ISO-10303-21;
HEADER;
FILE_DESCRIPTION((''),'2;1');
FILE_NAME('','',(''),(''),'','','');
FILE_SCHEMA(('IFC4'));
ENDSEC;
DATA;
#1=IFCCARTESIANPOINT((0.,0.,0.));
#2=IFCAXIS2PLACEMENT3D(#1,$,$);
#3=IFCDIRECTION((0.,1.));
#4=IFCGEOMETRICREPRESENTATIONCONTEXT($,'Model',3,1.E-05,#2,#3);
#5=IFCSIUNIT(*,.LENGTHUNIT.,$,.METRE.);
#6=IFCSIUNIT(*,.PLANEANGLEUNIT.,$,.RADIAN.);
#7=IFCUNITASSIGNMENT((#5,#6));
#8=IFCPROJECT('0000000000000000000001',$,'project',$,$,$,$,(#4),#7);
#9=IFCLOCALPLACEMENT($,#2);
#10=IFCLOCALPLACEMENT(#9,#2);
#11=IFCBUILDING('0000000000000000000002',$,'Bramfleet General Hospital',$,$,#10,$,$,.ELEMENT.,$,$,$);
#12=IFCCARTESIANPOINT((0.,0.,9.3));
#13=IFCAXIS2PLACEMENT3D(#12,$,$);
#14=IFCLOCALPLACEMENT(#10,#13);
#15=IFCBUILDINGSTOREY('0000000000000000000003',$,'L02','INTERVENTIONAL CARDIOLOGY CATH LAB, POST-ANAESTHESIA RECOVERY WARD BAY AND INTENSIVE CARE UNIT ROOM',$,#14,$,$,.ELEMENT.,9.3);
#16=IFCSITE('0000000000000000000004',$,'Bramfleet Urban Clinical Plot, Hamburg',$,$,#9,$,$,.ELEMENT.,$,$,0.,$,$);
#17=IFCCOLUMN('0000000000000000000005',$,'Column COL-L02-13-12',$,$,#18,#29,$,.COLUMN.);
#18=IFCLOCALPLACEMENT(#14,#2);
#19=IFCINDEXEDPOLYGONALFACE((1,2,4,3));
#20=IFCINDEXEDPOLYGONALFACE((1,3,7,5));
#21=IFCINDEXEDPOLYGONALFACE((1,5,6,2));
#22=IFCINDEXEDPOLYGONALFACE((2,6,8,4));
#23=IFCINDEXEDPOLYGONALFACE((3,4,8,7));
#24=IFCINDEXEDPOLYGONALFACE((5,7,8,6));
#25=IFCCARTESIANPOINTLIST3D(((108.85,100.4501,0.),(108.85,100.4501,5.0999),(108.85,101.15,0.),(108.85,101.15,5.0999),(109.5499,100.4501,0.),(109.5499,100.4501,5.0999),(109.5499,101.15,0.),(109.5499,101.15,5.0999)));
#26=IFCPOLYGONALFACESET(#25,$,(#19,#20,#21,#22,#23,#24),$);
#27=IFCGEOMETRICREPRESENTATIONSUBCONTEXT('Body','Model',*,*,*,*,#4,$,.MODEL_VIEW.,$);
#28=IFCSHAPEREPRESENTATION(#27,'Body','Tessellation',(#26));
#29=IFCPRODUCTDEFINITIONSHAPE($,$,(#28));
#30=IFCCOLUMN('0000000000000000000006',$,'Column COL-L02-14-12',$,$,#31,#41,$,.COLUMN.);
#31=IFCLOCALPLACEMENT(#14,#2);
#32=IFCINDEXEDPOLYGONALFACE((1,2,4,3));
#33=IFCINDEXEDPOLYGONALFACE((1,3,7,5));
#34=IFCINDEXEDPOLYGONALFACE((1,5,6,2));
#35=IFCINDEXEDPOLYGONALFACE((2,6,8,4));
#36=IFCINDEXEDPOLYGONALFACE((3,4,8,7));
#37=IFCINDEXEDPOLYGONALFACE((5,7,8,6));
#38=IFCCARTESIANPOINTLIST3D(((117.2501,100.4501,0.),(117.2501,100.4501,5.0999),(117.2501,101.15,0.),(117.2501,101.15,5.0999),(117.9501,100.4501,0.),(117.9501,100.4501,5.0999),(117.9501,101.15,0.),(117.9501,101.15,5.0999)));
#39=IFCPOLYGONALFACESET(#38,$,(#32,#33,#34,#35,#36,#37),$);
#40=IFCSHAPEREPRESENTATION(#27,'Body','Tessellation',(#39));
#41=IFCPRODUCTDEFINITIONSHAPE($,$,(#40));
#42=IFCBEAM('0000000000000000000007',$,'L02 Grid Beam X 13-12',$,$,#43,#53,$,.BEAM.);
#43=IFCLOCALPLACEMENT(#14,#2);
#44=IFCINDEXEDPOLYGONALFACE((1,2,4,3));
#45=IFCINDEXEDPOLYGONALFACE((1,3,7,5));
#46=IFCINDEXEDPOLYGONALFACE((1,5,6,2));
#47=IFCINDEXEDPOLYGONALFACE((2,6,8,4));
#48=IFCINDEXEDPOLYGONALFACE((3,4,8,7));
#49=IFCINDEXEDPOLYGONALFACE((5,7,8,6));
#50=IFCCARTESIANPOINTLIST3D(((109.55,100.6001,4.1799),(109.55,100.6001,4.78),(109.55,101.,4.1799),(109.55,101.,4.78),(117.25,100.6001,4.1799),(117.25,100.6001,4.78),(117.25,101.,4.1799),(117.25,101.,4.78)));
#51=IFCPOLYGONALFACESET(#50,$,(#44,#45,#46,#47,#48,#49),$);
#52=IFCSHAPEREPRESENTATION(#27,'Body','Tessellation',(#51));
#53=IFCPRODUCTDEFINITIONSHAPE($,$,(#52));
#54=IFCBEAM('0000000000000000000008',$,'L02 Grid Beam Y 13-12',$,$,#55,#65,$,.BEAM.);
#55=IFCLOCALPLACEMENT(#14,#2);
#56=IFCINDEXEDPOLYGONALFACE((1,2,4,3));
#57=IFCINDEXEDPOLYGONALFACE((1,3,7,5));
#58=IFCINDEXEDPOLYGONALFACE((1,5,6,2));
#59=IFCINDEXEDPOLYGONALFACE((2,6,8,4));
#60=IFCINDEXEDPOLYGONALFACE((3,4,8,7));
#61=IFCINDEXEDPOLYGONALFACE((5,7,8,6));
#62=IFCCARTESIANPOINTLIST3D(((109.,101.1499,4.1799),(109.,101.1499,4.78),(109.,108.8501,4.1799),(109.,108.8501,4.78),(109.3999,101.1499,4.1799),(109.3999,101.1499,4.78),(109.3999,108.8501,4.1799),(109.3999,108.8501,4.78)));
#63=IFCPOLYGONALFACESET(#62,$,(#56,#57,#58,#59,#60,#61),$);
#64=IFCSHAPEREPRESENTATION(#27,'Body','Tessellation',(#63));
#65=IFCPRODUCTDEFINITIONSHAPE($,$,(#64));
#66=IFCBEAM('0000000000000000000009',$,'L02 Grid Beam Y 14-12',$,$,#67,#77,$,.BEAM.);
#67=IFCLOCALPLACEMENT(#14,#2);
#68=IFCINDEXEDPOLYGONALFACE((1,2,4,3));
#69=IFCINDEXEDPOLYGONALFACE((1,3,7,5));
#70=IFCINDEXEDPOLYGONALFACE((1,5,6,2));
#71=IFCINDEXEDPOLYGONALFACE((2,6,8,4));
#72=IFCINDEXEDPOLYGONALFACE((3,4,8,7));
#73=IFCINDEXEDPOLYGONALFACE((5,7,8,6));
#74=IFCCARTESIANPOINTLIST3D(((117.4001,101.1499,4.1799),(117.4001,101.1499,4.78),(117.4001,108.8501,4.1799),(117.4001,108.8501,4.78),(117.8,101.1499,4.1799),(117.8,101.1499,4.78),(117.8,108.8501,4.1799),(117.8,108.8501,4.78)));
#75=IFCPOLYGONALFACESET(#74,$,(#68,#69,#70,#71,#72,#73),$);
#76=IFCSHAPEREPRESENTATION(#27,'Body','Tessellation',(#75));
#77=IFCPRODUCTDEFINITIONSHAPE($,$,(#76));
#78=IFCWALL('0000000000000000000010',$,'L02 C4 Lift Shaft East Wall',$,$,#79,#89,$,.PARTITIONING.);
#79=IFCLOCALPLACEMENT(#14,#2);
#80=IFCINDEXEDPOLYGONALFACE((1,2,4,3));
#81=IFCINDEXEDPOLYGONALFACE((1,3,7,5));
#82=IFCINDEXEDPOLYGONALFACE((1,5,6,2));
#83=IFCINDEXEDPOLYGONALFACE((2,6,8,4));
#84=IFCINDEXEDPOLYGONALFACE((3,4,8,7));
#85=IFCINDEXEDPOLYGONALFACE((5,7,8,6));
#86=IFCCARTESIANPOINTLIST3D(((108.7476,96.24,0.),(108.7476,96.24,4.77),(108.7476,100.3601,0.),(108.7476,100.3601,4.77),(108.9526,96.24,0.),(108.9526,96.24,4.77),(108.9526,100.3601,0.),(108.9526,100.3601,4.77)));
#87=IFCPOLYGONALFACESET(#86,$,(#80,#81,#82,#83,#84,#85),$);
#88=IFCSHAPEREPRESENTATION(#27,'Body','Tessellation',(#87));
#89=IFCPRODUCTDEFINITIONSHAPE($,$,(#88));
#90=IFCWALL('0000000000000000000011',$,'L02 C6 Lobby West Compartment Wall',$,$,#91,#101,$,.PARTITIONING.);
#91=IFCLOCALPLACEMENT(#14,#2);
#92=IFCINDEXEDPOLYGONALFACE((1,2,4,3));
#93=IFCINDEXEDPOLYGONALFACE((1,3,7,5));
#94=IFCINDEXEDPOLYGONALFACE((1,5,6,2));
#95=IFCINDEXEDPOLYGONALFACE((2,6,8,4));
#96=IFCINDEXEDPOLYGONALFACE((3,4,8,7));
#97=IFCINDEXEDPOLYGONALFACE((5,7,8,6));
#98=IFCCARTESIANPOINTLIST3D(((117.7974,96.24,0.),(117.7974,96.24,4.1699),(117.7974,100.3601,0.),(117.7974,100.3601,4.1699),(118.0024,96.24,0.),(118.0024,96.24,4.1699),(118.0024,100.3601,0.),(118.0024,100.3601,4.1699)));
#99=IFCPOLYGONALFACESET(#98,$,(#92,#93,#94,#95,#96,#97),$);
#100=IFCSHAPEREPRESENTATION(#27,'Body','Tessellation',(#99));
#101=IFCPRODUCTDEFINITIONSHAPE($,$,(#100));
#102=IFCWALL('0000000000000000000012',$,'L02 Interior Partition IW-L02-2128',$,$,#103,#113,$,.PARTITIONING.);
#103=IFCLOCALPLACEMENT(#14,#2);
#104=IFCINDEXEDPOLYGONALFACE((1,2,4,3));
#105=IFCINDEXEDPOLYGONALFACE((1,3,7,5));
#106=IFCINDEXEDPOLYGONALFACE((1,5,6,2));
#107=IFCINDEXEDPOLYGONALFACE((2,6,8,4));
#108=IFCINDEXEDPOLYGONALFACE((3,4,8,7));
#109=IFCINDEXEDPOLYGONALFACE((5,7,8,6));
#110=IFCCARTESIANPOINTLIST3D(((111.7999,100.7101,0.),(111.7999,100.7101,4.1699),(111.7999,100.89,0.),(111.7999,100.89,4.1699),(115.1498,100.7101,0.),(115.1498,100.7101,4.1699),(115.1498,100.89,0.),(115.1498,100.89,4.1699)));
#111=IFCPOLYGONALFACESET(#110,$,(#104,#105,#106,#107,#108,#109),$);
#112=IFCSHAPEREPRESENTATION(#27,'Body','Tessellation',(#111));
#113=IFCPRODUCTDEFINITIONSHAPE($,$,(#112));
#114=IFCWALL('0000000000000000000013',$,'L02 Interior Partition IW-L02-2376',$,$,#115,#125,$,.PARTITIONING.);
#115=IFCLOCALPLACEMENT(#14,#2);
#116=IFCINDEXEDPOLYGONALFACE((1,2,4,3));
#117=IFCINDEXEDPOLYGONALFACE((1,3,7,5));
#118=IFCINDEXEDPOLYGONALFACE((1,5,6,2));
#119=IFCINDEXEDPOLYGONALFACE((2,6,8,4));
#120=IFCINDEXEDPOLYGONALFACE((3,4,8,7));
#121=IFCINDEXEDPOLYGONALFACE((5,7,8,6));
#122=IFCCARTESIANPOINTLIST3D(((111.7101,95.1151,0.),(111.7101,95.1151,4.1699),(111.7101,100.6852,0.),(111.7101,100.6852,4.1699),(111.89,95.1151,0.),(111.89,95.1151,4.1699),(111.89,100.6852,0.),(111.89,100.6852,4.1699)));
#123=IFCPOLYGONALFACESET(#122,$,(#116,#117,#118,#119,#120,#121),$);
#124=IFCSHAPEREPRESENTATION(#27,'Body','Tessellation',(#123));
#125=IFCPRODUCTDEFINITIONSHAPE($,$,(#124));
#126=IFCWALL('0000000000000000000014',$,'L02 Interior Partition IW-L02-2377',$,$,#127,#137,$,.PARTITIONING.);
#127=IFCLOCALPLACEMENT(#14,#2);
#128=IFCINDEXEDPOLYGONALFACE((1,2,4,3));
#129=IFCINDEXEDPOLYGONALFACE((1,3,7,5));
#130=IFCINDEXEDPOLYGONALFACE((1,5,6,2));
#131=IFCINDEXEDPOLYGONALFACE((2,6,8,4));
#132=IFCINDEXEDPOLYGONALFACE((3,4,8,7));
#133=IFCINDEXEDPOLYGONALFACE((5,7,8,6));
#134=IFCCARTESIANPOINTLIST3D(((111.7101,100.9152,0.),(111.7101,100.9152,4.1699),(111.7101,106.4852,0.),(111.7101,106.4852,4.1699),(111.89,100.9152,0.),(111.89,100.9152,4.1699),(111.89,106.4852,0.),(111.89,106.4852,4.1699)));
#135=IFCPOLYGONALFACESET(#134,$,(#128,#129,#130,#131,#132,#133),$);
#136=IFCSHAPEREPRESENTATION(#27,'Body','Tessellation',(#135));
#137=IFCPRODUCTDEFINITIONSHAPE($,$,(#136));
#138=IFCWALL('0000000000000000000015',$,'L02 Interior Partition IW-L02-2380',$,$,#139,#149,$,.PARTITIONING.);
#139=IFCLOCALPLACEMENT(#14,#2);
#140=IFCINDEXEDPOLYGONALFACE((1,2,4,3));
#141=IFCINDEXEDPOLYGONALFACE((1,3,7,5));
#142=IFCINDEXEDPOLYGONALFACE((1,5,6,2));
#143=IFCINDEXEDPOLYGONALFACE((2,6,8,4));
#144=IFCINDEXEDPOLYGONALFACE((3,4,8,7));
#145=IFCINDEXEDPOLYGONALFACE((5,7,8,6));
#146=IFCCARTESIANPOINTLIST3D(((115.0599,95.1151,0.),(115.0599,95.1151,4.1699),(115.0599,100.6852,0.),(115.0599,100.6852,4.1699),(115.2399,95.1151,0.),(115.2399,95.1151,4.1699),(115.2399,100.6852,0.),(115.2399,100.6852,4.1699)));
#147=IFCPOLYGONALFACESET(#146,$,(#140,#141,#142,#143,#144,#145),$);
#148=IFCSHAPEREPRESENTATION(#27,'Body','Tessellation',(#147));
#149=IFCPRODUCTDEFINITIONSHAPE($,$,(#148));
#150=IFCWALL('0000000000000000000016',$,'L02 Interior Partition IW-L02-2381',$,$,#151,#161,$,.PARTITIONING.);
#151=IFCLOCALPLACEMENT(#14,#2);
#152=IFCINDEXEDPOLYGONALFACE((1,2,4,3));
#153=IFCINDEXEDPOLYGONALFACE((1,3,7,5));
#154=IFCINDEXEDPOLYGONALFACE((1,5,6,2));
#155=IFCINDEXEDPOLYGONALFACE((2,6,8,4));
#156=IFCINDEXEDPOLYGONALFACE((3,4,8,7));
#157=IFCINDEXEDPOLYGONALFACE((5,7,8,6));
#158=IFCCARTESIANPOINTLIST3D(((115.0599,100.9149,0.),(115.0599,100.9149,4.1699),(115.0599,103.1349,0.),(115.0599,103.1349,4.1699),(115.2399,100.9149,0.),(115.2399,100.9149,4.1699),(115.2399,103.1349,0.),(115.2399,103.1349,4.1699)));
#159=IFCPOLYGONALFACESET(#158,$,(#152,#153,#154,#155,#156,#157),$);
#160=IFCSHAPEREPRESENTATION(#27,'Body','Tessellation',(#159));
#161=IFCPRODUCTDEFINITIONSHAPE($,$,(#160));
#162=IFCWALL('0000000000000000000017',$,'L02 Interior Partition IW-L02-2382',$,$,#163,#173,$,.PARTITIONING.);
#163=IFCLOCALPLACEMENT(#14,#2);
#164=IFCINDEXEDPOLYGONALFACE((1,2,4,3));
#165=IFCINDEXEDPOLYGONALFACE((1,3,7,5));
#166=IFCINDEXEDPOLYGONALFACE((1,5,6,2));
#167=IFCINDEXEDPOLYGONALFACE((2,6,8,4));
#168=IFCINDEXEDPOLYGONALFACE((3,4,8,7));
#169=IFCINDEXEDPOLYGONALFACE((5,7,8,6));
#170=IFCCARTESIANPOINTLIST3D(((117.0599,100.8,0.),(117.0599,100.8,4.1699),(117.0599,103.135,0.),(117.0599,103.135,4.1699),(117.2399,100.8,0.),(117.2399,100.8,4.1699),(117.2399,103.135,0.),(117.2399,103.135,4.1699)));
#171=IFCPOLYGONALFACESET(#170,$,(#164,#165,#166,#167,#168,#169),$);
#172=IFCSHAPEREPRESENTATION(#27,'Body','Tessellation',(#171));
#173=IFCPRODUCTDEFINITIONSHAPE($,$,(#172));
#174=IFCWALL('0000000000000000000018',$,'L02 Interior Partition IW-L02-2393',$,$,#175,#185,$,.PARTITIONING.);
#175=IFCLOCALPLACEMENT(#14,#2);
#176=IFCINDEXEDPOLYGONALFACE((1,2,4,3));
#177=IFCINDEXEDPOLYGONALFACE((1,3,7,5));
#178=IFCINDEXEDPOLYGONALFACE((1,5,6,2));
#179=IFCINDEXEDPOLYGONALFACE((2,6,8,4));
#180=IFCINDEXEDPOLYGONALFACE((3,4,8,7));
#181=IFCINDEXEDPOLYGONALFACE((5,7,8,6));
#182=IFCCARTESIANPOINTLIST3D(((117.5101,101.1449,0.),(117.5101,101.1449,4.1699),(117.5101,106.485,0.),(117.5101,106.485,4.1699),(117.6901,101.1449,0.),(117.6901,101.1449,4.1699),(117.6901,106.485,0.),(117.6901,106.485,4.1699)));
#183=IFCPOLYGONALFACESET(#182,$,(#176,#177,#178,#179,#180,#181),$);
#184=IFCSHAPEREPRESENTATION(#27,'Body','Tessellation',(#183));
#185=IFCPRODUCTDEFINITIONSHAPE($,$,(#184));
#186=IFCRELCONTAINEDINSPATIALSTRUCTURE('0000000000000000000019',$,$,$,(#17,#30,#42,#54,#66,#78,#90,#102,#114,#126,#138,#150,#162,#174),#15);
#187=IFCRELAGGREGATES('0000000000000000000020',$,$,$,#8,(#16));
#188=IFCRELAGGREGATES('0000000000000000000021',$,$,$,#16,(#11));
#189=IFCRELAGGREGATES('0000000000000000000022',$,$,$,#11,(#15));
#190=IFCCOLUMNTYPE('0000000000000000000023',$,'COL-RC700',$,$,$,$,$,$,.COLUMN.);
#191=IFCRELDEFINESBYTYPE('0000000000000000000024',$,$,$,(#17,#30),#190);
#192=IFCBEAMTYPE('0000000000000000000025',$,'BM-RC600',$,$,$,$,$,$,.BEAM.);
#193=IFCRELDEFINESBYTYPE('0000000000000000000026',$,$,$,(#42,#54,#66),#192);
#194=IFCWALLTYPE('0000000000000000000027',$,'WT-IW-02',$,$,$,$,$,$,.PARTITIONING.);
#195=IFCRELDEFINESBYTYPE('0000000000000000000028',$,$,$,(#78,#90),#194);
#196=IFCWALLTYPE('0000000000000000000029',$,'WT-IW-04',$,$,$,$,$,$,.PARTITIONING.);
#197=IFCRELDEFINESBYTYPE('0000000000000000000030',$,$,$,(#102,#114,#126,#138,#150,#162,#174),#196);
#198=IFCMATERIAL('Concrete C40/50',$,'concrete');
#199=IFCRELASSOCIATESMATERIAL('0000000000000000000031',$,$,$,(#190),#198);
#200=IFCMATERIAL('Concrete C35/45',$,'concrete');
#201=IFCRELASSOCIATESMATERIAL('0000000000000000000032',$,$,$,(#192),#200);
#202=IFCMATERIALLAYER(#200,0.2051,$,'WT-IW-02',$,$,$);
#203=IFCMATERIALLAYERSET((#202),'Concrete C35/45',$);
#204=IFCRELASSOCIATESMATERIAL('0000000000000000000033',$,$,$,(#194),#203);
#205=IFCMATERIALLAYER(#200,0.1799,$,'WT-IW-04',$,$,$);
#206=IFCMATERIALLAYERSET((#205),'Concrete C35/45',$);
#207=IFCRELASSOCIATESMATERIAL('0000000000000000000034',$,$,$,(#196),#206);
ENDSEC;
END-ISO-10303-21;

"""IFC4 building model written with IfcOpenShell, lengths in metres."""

from ifc_helpers import new_model, si_unit, direction, frame, frame_2d, origin, origin_2d, place, context, subcontext, project, spatial, rectangle, extrude, material, layer, layer_set, material_profile, profile_set, type_object, element, save


model = new_model("IFC4")

# Units and contexts
model_context = context("Model", 3, precision=1e-05, world=origin(), true_north=direction((0.0, 1.0)))
body_context = subcontext(model_context, "Body", "Model", "MODEL_VIEW")
ifc_project = project(units=[si_unit("LENGTHUNIT", "METRE"), si_unit("PLANEANGLEUNIT", "RADIAN")], contexts=[model_context])

# Site, building, storey
site_placement = place(None, origin())
site = spatial("IfcSite", under=ifc_project, at=site_placement, Name="Bramfleet Urban Clinical Plot, Hamburg", CompositionType="ELEMENT", RefElevation=0.0)
building_placement = place(site_placement, origin())
building = spatial("IfcBuilding", under=site, at=building_placement, Name="Bramfleet General Hospital", CompositionType="ELEMENT")
storey_placement = place(building_placement, frame((0.0, 0.0, 9.3)))
storey = spatial("IfcBuildingStorey", under=building, at=storey_placement, Name="L02", Description="INTERVENTIONAL CARDIOLOGY CATH LAB, POST-ANAESTHESIA RECOVERY WARD BAY AND INTENSIVE CARE UNIT ROOM", CompositionType="ELEMENT", Elevation=9.3)

# Columns
ifc_material_1 = material(Name="Concrete C40/50", Category="concrete")
ifc_material_profile_1 = material_profile(ifc_material_1, rectangle(XDim=0.7, YDim=0.7, at=origin_2d()), Name="RC COL 700x700")
ifc_profile_set_1 = profile_set([ifc_material_profile_1], Name="Concrete C40/50")
column_type = type_object("IfcColumnType", Name="COL-RC700", PredefinedType="COLUMN", material=ifc_profile_set_1)
for number, where, z_axis, x_axis, name in (
    (1, (109.2, 100.8, 0.0), (0.0, 0.0, 1.0), (1.0, 0.0, 0.0), "Column COL-L02-13-12"),
    (2, (117.6001, 100.8, 0.0), (0.0, 0.0, 1.0), (1.0, 0.0, 0.0), "Column COL-L02-14-12"),
):
    element("IfcColumn", number, at=place(storey_placement, frame(where, z_axis=z_axis, x_axis=x_axis)), inside=storey, type_object=column_type, Name=name, PredefinedType="COLUMN", context=body_context, shape_type="SweptSolid", body=[
        extrude(rectangle(XDim=0.7, YDim=0.7, at=origin_2d()), origin(), (0.0, 0.0, 1.0), 5.0999),
    ])

# Beams
ifc_material_2 = material(Name="Concrete C35/45", Category="concrete")
ifc_material_profile_2 = material_profile(ifc_material_2, rectangle(XDim=0.3999, YDim=0.6001, at=origin_2d()), Name="RC BM 600x400")
ifc_profile_set_2 = profile_set([ifc_material_profile_2], Name="Concrete C35/45")
beam_type = type_object("IfcBeamType", Name="BM-RC600", PredefinedType="BEAM", material=ifc_profile_set_2)
beam_placement = place(storey_placement, frame((109.55, 100.8, 4.48), z_axis=(1.0, 0.0, 0.0), x_axis=(0.0, 1.0, 0.0)))
element("IfcBeam", 3, at=beam_placement, inside=storey, type_object=beam_type, Name="L02 Grid Beam X 13-12", PredefinedType="BEAM", context=body_context, shape_type="SweptSolid", body=[
    extrude(rectangle(XDim=0.3999, YDim=0.6001, at=origin_2d()), origin(), (0.0, 0.0, 1.0), 7.7),
])
for number, where, z_axis, x_axis, name in (
    (4, (109.2, 101.1499, 4.48), (0.0, 1.0, 0.0), (-1.0, 0.0, 0.0), "L02 Grid Beam Y 13-12"),
    (5, (117.6001, 101.1499, 4.48), (0.0, 1.0, 0.0), (-1.0, 0.0, 0.0), "L02 Grid Beam Y 14-12"),
):
    element("IfcBeam", number, at=place(storey_placement, frame(where, z_axis=z_axis, x_axis=x_axis)), inside=storey, type_object=beam_type, Name=name, PredefinedType="BEAM", context=body_context, shape_type="SweptSolid", body=[
        extrude(rectangle(XDim=0.3999, YDim=0.6001, at=origin_2d()), origin(), (0.0, 0.0, 1.0), 7.7002),
    ])

# Walls
ifc_layer_1 = layer(ifc_material_2, 0.2051, Name="WT-IW-02")
ifc_layer_set_1 = layer_set([ifc_layer_1], Name="Concrete C35/45")
wall_type_1 = type_object("IfcWallType", Name="WT-IW-02", PredefinedType="PARTITIONING", material=ifc_layer_set_1)
wall_1_placement = place(storey_placement, frame((108.8501, 96.24, 0.0), z_axis=(0.0, 0.0, 1.0), x_axis=(0.0, 1.0, 0.0)))
element("IfcWall", 6, at=wall_1_placement, inside=storey, type_object=wall_type_1, Name="L02 C4 Lift Shaft East Wall", PredefinedType="PARTITIONING", context=body_context, shape_type="SweptSolid", body=[
    extrude(rectangle(XDim=4.1201, YDim=0.2051, at=frame_2d((2.0601, 0.0))), origin(), (0.0, 0.0, 1.0), 4.77),
])
wall_2_placement = place(storey_placement, frame((117.8999, 96.24, 0.0), z_axis=(0.0, 0.0, 1.0), x_axis=(0.0, 1.0, 0.0)))
element("IfcWall", 7, at=wall_2_placement, inside=storey, type_object=wall_type_1, Name="L02 C6 Lobby West Compartment Wall", PredefinedType="PARTITIONING", context=body_context, shape_type="SweptSolid", body=[
    extrude(rectangle(XDim=4.1201, YDim=0.2051, at=frame_2d((2.0601, 0.0))), origin(), (0.0, 0.0, 1.0), 4.1699),
])
ifc_layer_2 = layer(ifc_material_2, 0.1799, Name="WT-IW-04")
ifc_layer_set_2 = layer_set([ifc_layer_2], Name="Concrete C35/45")
wall_type_2 = type_object("IfcWallType", Name="WT-IW-04", PredefinedType="PARTITIONING", material=ifc_layer_set_2)
wall_3_placement = place(storey_placement, frame((111.8, 100.8, 0.0), z_axis=(0.0, 0.0, 1.0), x_axis=(1.0, 0.0, 0.0)))
element("IfcWall", 8, at=wall_3_placement, inside=storey, type_object=wall_type_2, Name="L02 Interior Partition IW-L02-2128", PredefinedType="PARTITIONING", context=body_context, shape_type="SweptSolid", body=[
    extrude(rectangle(XDim=3.3499, YDim=0.1799, at=frame_2d((1.6748, 0.0))), origin(), (0.0, 0.0, 1.0), 4.1699),
])
for number, where, z_axis, x_axis, name in (
    (9, (111.8, 95.115, 0.0), (0.0, 0.0, 1.0), (0.0, 1.0, 0.0), "L02 Interior Partition IW-L02-2376"),
    (10, (111.8, 100.915, 0.0), (0.0, 0.0, 1.0), (0.0, 1.0, 0.0), "L02 Interior Partition IW-L02-2377"),
    (11, (115.1499, 95.115, 0.0), (0.0, 0.0, 1.0), (0.0, 1.0, 0.0), "L02 Interior Partition IW-L02-2380"),
):
    element("IfcWall", number, at=place(storey_placement, frame(where, z_axis=z_axis, x_axis=x_axis)), inside=storey, type_object=wall_type_2, Name=name, PredefinedType="PARTITIONING", context=body_context, shape_type="SweptSolid", body=[
        extrude(rectangle(XDim=5.5701, YDim=0.1799, at=frame_2d((2.7852, 0.0))), origin(), (0.0, 0.0, 1.0), 4.1699),
    ])
wall_4_placement = place(storey_placement, frame((115.1499, 100.915, 0.0), z_axis=(0.0, 0.0, 1.0), x_axis=(0.0, 1.0, 0.0)))
element("IfcWall", 12, at=wall_4_placement, inside=storey, type_object=wall_type_2, Name="L02 Interior Partition IW-L02-2381", PredefinedType="PARTITIONING", context=body_context, shape_type="SweptSolid", body=[
    extrude(rectangle(XDim=2.22, YDim=0.1799, at=frame_2d((1.1099, 0.0))), origin(), (0.0, 0.0, 1.0), 4.1699),
])
wall_5_placement = place(storey_placement, frame((117.1499, 100.8, 0.0), z_axis=(0.0, 0.0, 1.0), x_axis=(0.0, 1.0, 0.0)))
element("IfcWall", 13, at=wall_5_placement, inside=storey, type_object=wall_type_2, Name="L02 Interior Partition IW-L02-2382", PredefinedType="PARTITIONING", context=body_context, shape_type="SweptSolid", body=[
    extrude(rectangle(XDim=2.335, YDim=0.1799, at=frame_2d((1.1675, 0.0))), origin(), (0.0, 0.0, 1.0), 4.1699),
])
wall_6_placement = place(storey_placement, frame((117.6001, 101.145, 0.0), z_axis=(0.0, 0.0, 1.0), x_axis=(0.0, 1.0, 0.0)))
element("IfcWall", 14, at=wall_6_placement, inside=storey, type_object=wall_type_2, Name="L02 Interior Partition IW-L02-2393", PredefinedType="PARTITIONING", context=body_context, shape_type="SweptSolid", body=[
    extrude(rectangle(XDim=5.3401, YDim=0.1799, at=frame_2d((2.6699, 0.0))), origin(), (0.0, 0.0, 1.0), 4.1699),
])

save(model, "model.ifc")
